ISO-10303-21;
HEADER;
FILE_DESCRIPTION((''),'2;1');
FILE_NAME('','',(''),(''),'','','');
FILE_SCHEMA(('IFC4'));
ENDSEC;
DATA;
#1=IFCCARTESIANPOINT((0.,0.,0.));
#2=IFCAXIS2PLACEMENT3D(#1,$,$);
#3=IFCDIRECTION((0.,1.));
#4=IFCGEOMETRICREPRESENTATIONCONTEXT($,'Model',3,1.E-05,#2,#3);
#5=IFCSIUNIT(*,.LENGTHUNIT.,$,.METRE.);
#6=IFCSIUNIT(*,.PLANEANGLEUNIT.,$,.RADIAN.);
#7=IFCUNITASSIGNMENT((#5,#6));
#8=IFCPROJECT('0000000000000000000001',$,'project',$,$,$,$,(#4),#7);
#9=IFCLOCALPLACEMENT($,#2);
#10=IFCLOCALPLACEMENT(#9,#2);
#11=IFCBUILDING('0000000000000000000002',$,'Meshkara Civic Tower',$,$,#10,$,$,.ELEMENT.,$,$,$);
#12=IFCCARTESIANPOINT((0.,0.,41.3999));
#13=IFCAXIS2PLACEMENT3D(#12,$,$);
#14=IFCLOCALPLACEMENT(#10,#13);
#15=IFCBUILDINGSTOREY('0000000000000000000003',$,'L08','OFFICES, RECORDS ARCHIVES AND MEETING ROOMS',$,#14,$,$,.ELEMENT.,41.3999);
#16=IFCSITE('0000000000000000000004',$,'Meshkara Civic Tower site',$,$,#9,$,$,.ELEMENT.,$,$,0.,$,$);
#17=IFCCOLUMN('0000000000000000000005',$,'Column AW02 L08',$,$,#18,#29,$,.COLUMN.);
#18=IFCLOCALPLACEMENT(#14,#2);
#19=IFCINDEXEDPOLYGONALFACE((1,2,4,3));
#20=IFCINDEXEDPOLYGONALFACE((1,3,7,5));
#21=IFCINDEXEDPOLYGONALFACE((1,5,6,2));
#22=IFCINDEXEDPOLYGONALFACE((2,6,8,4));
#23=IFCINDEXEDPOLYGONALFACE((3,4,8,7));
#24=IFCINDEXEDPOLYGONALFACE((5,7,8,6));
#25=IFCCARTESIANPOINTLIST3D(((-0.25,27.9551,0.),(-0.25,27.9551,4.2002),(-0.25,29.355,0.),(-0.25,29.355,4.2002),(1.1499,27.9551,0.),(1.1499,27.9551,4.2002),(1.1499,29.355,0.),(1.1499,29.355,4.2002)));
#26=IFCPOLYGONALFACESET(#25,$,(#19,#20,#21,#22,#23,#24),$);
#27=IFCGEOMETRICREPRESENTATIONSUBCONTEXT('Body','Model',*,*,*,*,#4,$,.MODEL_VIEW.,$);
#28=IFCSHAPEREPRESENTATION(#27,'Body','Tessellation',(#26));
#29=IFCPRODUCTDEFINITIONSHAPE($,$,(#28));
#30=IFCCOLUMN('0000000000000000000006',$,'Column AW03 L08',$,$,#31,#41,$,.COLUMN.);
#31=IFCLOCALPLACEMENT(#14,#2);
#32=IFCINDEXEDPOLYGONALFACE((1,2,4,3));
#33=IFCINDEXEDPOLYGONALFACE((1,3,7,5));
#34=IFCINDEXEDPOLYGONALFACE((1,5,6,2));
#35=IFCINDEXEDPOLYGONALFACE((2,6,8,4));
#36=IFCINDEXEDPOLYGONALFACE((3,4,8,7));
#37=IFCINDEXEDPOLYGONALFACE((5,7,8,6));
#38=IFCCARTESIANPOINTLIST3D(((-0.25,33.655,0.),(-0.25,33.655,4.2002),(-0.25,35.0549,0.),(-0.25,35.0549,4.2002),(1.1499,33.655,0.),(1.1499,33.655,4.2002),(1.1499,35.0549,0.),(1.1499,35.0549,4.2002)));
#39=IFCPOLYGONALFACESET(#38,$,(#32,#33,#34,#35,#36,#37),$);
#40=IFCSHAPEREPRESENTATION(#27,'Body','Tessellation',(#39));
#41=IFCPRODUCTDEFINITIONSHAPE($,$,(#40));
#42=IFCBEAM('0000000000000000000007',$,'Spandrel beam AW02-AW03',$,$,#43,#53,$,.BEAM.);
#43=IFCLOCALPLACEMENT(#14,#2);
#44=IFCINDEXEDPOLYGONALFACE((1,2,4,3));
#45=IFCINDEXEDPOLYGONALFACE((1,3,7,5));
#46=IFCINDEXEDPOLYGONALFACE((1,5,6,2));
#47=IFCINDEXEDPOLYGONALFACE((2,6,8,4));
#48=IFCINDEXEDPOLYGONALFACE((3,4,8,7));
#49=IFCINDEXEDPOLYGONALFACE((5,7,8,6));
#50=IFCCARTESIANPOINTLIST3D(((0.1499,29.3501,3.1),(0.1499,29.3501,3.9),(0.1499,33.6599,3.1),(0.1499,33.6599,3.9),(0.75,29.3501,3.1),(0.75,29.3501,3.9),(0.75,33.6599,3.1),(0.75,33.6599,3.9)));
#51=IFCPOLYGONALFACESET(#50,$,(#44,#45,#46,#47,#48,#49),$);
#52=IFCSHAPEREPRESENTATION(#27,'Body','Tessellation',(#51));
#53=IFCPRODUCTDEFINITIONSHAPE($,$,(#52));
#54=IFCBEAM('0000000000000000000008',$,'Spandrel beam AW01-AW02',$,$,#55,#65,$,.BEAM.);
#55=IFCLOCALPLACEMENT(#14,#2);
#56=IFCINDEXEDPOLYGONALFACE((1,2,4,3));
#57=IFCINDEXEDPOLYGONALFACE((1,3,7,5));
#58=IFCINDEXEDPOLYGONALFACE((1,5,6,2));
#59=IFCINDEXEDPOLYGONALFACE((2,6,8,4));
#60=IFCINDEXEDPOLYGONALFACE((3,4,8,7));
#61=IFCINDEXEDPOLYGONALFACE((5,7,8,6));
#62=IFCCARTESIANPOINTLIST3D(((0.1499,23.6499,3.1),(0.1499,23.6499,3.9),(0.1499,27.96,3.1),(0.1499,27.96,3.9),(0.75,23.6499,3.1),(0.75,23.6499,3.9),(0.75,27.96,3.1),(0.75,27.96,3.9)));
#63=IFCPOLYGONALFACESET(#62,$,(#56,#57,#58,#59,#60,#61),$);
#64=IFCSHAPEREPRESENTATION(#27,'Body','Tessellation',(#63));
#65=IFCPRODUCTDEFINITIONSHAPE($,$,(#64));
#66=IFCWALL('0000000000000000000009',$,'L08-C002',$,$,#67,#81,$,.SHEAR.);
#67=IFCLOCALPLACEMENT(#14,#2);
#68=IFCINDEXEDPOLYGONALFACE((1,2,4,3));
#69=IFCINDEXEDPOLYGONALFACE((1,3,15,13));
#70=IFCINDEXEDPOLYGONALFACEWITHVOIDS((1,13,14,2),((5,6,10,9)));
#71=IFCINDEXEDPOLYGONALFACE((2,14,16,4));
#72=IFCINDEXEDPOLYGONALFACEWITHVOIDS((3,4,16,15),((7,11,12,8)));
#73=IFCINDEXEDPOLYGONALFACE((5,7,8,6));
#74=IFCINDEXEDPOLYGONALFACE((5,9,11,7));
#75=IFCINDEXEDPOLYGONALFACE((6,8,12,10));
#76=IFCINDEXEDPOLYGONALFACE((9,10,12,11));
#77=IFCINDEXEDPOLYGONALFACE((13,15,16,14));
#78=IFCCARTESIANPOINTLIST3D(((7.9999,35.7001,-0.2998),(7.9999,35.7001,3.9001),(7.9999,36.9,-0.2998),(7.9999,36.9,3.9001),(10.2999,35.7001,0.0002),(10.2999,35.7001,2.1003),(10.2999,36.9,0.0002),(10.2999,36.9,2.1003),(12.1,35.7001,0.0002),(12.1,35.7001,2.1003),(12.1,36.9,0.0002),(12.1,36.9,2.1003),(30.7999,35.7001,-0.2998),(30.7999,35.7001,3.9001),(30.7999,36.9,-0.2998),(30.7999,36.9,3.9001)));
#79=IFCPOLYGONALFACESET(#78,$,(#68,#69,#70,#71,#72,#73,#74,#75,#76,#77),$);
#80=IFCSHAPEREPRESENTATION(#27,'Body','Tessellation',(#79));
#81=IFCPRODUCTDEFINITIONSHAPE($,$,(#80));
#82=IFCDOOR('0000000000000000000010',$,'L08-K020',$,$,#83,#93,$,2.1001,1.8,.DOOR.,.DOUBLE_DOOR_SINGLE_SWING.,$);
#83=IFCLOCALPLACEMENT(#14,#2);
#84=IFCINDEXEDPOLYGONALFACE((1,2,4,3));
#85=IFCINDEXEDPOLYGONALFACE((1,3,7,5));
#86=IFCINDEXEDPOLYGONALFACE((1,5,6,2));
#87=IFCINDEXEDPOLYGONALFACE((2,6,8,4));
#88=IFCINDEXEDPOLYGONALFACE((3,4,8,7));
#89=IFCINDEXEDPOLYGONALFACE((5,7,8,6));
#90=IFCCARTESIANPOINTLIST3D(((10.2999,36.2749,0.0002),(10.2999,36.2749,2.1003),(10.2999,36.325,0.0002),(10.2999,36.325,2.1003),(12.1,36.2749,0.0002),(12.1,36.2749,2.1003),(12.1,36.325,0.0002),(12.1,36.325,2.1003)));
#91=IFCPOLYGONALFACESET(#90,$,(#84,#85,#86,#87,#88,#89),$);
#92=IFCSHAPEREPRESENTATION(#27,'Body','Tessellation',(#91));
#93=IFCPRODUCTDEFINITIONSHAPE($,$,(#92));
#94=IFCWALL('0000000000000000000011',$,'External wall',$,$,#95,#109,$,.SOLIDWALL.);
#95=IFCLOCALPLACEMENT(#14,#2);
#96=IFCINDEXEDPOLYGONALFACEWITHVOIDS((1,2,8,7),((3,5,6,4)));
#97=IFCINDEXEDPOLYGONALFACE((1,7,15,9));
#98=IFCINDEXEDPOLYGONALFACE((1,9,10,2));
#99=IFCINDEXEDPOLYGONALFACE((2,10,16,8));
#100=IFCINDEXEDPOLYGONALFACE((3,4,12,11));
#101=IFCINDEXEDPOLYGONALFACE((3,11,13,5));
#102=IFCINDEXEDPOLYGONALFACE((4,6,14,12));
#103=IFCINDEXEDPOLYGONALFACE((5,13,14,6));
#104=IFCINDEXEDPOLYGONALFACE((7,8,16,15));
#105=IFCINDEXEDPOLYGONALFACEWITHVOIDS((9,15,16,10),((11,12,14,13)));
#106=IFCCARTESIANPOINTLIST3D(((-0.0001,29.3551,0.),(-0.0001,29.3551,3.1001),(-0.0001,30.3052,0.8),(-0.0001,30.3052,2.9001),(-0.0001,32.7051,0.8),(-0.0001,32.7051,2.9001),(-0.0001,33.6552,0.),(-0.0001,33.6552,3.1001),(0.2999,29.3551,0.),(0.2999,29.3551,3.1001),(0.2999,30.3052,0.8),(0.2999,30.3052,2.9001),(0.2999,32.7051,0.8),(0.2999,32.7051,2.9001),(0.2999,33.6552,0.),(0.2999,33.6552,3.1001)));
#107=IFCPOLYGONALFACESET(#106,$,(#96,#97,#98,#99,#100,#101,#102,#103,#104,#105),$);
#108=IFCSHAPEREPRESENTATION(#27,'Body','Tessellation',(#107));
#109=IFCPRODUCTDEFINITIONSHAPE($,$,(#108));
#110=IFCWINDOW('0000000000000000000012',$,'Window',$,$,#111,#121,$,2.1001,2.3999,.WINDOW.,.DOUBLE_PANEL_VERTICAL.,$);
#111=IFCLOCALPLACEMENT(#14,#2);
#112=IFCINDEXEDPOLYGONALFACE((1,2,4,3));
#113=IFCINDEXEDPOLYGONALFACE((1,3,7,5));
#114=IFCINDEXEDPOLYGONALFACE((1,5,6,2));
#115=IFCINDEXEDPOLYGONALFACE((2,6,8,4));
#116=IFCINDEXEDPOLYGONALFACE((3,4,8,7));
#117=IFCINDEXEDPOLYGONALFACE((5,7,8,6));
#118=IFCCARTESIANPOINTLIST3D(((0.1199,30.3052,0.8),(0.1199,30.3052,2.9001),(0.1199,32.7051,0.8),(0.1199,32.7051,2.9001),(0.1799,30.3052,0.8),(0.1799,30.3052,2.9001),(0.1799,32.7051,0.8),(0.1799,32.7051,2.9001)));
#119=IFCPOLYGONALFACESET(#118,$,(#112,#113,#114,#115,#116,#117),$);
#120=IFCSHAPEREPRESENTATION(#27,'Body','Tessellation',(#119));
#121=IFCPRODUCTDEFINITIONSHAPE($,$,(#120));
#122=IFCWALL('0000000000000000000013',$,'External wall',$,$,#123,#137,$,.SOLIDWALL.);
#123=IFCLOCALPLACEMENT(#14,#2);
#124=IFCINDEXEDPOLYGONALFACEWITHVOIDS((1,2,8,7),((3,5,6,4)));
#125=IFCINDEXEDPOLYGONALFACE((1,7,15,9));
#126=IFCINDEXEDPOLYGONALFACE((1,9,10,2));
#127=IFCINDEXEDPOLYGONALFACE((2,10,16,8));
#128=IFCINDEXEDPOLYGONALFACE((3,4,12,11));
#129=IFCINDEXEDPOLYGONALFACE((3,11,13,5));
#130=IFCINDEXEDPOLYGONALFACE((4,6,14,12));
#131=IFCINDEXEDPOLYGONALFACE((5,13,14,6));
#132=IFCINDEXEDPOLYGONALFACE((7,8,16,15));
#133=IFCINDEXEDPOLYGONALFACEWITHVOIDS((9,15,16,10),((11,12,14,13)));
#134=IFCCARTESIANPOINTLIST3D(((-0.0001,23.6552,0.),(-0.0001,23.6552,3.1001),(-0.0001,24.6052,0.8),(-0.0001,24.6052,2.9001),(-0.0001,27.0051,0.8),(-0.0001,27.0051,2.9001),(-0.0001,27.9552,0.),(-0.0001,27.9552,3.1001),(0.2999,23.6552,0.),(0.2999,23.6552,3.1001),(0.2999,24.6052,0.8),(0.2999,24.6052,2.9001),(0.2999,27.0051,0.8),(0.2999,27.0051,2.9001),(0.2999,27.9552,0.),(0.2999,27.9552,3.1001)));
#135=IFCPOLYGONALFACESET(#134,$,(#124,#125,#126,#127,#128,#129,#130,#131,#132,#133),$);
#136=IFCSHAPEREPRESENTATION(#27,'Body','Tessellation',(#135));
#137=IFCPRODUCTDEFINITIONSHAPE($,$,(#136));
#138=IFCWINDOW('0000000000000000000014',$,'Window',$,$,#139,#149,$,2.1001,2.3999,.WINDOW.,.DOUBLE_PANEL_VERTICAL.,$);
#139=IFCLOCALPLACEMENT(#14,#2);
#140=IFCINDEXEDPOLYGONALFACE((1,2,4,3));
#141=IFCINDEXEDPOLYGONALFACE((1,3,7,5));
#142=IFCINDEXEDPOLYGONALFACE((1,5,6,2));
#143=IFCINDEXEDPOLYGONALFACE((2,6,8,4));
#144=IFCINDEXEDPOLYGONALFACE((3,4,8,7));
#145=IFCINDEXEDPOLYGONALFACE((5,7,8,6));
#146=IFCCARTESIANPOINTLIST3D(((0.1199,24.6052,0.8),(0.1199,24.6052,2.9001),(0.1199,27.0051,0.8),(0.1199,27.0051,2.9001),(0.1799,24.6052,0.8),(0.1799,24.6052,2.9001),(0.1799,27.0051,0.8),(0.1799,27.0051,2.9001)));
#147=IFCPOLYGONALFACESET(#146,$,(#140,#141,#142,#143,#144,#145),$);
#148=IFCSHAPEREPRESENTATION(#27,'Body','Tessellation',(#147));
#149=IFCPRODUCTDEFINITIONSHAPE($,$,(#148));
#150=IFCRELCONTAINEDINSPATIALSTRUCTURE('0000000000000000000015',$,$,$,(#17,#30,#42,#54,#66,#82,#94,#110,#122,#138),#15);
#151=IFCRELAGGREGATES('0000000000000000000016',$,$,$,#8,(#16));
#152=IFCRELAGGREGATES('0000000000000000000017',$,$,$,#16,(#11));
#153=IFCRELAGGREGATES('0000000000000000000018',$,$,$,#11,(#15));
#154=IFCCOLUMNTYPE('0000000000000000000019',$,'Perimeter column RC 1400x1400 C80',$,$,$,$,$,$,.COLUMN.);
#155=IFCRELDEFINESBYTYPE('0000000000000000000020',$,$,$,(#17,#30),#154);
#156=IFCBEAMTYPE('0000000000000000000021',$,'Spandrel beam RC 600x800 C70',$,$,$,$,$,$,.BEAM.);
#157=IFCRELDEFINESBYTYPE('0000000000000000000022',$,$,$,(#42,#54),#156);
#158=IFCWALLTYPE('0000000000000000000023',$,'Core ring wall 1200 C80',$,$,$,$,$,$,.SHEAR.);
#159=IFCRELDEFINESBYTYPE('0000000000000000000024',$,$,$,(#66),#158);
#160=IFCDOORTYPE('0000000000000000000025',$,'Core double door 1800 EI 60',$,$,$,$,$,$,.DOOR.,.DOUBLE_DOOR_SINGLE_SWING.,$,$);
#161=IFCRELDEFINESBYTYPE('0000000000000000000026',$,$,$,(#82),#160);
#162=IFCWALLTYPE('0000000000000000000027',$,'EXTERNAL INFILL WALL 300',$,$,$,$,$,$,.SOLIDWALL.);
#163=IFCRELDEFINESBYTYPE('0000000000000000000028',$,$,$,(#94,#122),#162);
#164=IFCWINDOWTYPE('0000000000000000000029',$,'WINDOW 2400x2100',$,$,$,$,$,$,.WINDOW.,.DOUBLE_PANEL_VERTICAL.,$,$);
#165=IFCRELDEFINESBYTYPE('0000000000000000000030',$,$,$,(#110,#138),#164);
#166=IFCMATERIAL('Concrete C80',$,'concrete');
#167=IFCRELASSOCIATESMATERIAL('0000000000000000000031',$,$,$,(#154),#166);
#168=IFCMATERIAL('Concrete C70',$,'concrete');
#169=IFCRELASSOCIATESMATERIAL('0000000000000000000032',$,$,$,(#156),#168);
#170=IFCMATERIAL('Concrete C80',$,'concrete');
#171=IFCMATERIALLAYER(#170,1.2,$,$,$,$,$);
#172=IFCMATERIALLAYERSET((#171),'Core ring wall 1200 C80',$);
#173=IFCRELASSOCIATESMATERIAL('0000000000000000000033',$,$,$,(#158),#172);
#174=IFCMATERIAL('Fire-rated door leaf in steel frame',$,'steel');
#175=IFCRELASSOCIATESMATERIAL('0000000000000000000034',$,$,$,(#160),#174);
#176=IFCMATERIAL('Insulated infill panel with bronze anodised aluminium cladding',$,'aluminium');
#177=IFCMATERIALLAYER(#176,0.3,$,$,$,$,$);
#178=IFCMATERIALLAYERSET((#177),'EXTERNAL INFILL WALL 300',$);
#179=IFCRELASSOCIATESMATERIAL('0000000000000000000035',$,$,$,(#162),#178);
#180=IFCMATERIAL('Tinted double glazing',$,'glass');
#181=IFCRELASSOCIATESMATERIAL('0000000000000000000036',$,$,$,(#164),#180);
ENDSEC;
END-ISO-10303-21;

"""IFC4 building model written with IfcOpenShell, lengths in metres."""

from ifc_helpers import new_model, si_unit, direction, frame, frame_2d, origin, origin_2d, place, context, subcontext, project, spatial, rectangle, extrude, material, layer, layer_set, material_profile, profile_set, type_object, element, fill, save


model = new_model("IFC4")

# Units and contexts
model_context = context("Model", 3, precision=1e-05, world=origin(), true_north=direction((0.0, 1.0)))
body_context = subcontext(model_context, "Body", "Model", "MODEL_VIEW")
ifc_project = project(units=[si_unit("LENGTHUNIT", "METRE"), si_unit("PLANEANGLEUNIT", "RADIAN")], contexts=[model_context])

# Site, building, storey
site_placement = place(None, origin())
site = spatial("IfcSite", under=ifc_project, at=site_placement, Name="Meshkara Civic Tower site", CompositionType="ELEMENT", RefElevation=0.0)
building_placement = place(site_placement, origin())
building = spatial("IfcBuilding", under=site, at=building_placement, Name="Meshkara Civic Tower", CompositionType="ELEMENT")
storey_placement = place(building_placement, frame((0.0, 0.0, 41.3999)))
storey = spatial("IfcBuildingStorey", under=building, at=storey_placement, Name="L08", Description="OFFICES, RECORDS ARCHIVES AND MEETING ROOMS", CompositionType="ELEMENT", Elevation=41.3999)

# Columns
ifc_material_1 = material(Name="Concrete C80", Category="concrete")
ifc_material_profile_1 = material_profile(ifc_material_1, rectangle(XDim=1.3999, YDim=1.3999, at=origin_2d()))
ifc_profile_set_1 = profile_set([ifc_material_profile_1], Name="Concrete C80")
column_type = type_object("IfcColumnType", Name="Perimeter column RC 1400x1400 C80", PredefinedType="COLUMN", material=ifc_profile_set_1)
for number, where, z_axis, x_axis, name in (
    (1, (0.45, 28.655, 0.0), (0.0, 0.0, 1.0), (1.0, 0.0, 0.0), "Column AW02 L08"),
    (2, (0.45, 34.355, 0.0), (0.0, 0.0, 1.0), (1.0, 0.0, 0.0), "Column AW03 L08"),
):
    element("IfcColumn", number, at=place(storey_placement, frame(where, z_axis=z_axis, x_axis=x_axis)), inside=storey, type_object=column_type, Name=name, PredefinedType="COLUMN", context=body_context, shape_type="SweptSolid", body=[
        extrude(rectangle(XDim=1.3999, YDim=1.3999, at=origin_2d()), origin(), (0.0, 0.0, 1.0), 4.2002),
    ])

# Beams
ifc_material_2 = material(Name="Concrete C70", Category="concrete")
ifc_material_profile_2 = material_profile(ifc_material_2, rectangle(XDim=0.6001, YDim=0.8, at=origin_2d()))
ifc_profile_set_2 = profile_set([ifc_material_profile_2], Name="Concrete C70")
beam_type = type_object("IfcBeamType", Name="Spandrel beam RC 600x800 C70", PredefinedType="BEAM", material=ifc_profile_set_2)
beam_1_placement = place(storey_placement, frame((0.45, 33.6599, 3.5), z_axis=(0.0, -1.0, 0.0), x_axis=(1.0, 0.0, 0.0)))
element("IfcBeam", 3, at=beam_1_placement, inside=storey, type_object=beam_type, Name="Spandrel beam AW02-AW03", PredefinedType="BEAM", context=body_context, shape_type="SweptSolid", body=[
    extrude(rectangle(XDim=0.6001, YDim=0.8, at=origin_2d()), origin(), (0.0, 0.0, 1.0), 4.3098),
])
beam_2_placement = place(storey_placement, frame((0.45, 27.96, 3.5), z_axis=(0.0, -1.0, 0.0), x_axis=(1.0, 0.0, 0.0)))
element("IfcBeam", 4, at=beam_2_placement, inside=storey, type_object=beam_type, Name="Spandrel beam AW01-AW02", PredefinedType="BEAM", context=body_context, shape_type="SweptSolid", body=[
    extrude(rectangle(XDim=0.6001, YDim=0.8, at=origin_2d()), origin(), (0.0, 0.0, 1.0), 4.3101),
])

# Wall, opening, door
ifc_material_3 = material(Name="Concrete C80", Category="concrete")
ifc_layer_1 = layer(ifc_material_3, 1.2)
ifc_layer_set_1 = layer_set([ifc_layer_1], Name="Core ring wall 1200 C80")
wall_type_1 = type_object("IfcWallType", Name="Core ring wall 1200 C80", PredefinedType="SHEAR", material=ifc_layer_set_1)
wall_1_placement = place(storey_placement, frame((8.0, 36.3, -0.2998), z_axis=(0.0, 0.0, 1.0), x_axis=(1.0, 0.0, 0.0)))
wall_1 = element("IfcWall", 5, at=wall_1_placement, inside=storey, type_object=wall_type_1, Name="L08-C002", PredefinedType="SHEAR", context=body_context, shape_type="SweptSolid", body=[
    extrude(rectangle(XDim=22.8, YDim=1.2, at=frame_2d((11.3999, 0.0))), origin(), (0.0, 0.0, 1.0), 4.2),
])
opening_1_placement = place(wall_1_placement, frame((2.3, 0.0, 0.3)))
opening_1 = element("IfcOpeningElement", 6, at=opening_1_placement, cuts=wall_1, PredefinedType="OPENING", context=body_context, shape_type="SweptSolid", body=[
    extrude(rectangle(XDim=1.8, YDim=2.1001, at=frame_2d((0.8999, 1.05))), frame((0.0, 0.6099, 0.0), z_axis=(0.0, -1.0, 0.0), x_axis=(1.0, 0.0, 0.0)), (0.0, 0.0, 1.0), 1.22),
])
ifc_material_4 = material(Name="Fire-rated door leaf in steel frame", Category="steel")
door_type_1 = type_object("IfcDoorType", Name="Core double door 1800 EI 60", OperationType="DOUBLE_DOOR_SINGLE_SWING", PredefinedType="DOOR", material=ifc_material_4)
door_1_placement = place(opening_1_placement, origin())
door_1 = element("IfcDoor", 7, at=door_1_placement, inside=storey, type_object=door_type_1, Name="L08-K020", OperationType="DOUBLE_DOOR_SINGLE_SWING", OverallHeight=2.1001, OverallWidth=1.8, PredefinedType="DOOR", context=body_context, shape_type="SweptSolid", body=[
    extrude(rectangle(XDim=1.8, YDim=2.1001, at=frame_2d((0.8999, 1.05))), frame((0.0, 0.0249, 0.0), z_axis=(0.0, -1.0, 0.0), x_axis=(1.0, 0.0, 0.0)), (0.0, 0.0, 1.0), 0.05),
])
fill(opening_1, door_1)

# Walls, openings, windows
ifc_material_5 = material(Name="Insulated infill panel with bronze anodised aluminium cladding", Category="aluminium")
ifc_layer_2 = layer(ifc_material_5, 0.3)
ifc_layer_set_2 = layer_set([ifc_layer_2], Name="EXTERNAL INFILL WALL 300")
wall_type_2 = type_object("IfcWallType", Name="EXTERNAL INFILL WALL 300", PredefinedType="SOLIDWALL", material=ifc_layer_set_2)
wall_2_placement = place(storey_placement, frame((0.1499, 33.655, 0.0), z_axis=(0.0, 0.0, 1.0), x_axis=(0.0, -1.0, 0.0)))
wall_2 = element("IfcWall", 8, at=wall_2_placement, inside=storey, type_object=wall_type_2, Name="External wall", PredefinedType="SOLIDWALL", context=body_context, shape_type="SweptSolid", body=[
    extrude(rectangle(XDim=4.3, YDim=0.3, at=frame_2d((2.1499, 0.0))), origin(), (0.0, 0.0, 1.0), 3.1001),
])
opening_2_placement = place(wall_2_placement, frame((0.95, 0.0, 0.8)))
opening_2 = element("IfcOpeningElement", 9, at=opening_2_placement, cuts=wall_2, PredefinedType="OPENING", context=body_context, shape_type="SweptSolid", body=[
    extrude(rectangle(XDim=2.3999, YDim=2.1001, at=frame_2d((1.2, 1.05))), frame((0.0, 0.1599, 0.0), z_axis=(0.0, -1.0, 0.0), x_axis=(1.0, 0.0, 0.0)), (0.0, 0.0, 1.0), 0.3201),
])
ifc_material_6 = material(Name="Tinted double glazing", Category="glass")
window_type = type_object("IfcWindowType", Name="WINDOW 2400x2100", PartitioningType="DOUBLE_PANEL_VERTICAL", PredefinedType="WINDOW", material=ifc_material_6)
window_1_placement = place(opening_2_placement, origin())
window_1 = element("IfcWindow", 10, at=window_1_placement, inside=storey, type_object=window_type, Name="Window", OverallHeight=2.1001, OverallWidth=2.3999, PartitioningType="DOUBLE_PANEL_VERTICAL", PredefinedType="WINDOW", context=body_context, shape_type="SweptSolid", body=[
    extrude(rectangle(XDim=2.3999, YDim=2.1001, at=frame_2d((1.2, 1.05))), frame((0.0, 0.03, 0.0), z_axis=(0.0, -1.0, 0.0), x_axis=(1.0, 0.0, 0.0)), (0.0, 0.0, 1.0), 0.0601),
])
fill(opening_2, window_1)
wall_3_placement = place(storey_placement, frame((0.1499, 27.9551, 0.0), z_axis=(0.0, 0.0, 1.0), x_axis=(0.0, -1.0, 0.0)))
wall_3 = element("IfcWall", 11, at=wall_3_placement, inside=storey, type_object=wall_type_2, Name="External wall", PredefinedType="SOLIDWALL", context=body_context, shape_type="SweptSolid", body=[
    extrude(rectangle(XDim=4.3, YDim=0.3, at=frame_2d((2.1499, 0.0))), origin(), (0.0, 0.0, 1.0), 3.1001),
])
opening_3_placement = place(wall_3_placement, frame((0.95, 0.0, 0.8)))
opening_3 = element("IfcOpeningElement", 12, at=opening_3_placement, cuts=wall_3, PredefinedType="OPENING", context=body_context, shape_type="SweptSolid", body=[
    extrude(rectangle(XDim=2.3999, YDim=2.1001, at=frame_2d((1.2, 1.05))), frame((0.0, 0.1599, 0.0), z_axis=(0.0, -1.0, 0.0), x_axis=(1.0, 0.0, 0.0)), (0.0, 0.0, 1.0), 0.3201),
])
window_2_placement = place(opening_3_placement, origin())
window_2 = element("IfcWindow", 13, at=window_2_placement, inside=storey, type_object=window_type, Name="Window", OverallHeight=2.1001, OverallWidth=2.3999, PartitioningType="DOUBLE_PANEL_VERTICAL", PredefinedType="WINDOW", context=body_context, shape_type="SweptSolid", body=[
    extrude(rectangle(XDim=2.3999, YDim=2.1001, at=frame_2d((1.2, 1.05))), frame((0.0, 0.03, 0.0), z_axis=(0.0, -1.0, 0.0), x_axis=(1.0, 0.0, 0.0)), (0.0, 0.0, 1.0), 0.0601),
])
fill(opening_3, window_2)

save(model, "model.ifc")
